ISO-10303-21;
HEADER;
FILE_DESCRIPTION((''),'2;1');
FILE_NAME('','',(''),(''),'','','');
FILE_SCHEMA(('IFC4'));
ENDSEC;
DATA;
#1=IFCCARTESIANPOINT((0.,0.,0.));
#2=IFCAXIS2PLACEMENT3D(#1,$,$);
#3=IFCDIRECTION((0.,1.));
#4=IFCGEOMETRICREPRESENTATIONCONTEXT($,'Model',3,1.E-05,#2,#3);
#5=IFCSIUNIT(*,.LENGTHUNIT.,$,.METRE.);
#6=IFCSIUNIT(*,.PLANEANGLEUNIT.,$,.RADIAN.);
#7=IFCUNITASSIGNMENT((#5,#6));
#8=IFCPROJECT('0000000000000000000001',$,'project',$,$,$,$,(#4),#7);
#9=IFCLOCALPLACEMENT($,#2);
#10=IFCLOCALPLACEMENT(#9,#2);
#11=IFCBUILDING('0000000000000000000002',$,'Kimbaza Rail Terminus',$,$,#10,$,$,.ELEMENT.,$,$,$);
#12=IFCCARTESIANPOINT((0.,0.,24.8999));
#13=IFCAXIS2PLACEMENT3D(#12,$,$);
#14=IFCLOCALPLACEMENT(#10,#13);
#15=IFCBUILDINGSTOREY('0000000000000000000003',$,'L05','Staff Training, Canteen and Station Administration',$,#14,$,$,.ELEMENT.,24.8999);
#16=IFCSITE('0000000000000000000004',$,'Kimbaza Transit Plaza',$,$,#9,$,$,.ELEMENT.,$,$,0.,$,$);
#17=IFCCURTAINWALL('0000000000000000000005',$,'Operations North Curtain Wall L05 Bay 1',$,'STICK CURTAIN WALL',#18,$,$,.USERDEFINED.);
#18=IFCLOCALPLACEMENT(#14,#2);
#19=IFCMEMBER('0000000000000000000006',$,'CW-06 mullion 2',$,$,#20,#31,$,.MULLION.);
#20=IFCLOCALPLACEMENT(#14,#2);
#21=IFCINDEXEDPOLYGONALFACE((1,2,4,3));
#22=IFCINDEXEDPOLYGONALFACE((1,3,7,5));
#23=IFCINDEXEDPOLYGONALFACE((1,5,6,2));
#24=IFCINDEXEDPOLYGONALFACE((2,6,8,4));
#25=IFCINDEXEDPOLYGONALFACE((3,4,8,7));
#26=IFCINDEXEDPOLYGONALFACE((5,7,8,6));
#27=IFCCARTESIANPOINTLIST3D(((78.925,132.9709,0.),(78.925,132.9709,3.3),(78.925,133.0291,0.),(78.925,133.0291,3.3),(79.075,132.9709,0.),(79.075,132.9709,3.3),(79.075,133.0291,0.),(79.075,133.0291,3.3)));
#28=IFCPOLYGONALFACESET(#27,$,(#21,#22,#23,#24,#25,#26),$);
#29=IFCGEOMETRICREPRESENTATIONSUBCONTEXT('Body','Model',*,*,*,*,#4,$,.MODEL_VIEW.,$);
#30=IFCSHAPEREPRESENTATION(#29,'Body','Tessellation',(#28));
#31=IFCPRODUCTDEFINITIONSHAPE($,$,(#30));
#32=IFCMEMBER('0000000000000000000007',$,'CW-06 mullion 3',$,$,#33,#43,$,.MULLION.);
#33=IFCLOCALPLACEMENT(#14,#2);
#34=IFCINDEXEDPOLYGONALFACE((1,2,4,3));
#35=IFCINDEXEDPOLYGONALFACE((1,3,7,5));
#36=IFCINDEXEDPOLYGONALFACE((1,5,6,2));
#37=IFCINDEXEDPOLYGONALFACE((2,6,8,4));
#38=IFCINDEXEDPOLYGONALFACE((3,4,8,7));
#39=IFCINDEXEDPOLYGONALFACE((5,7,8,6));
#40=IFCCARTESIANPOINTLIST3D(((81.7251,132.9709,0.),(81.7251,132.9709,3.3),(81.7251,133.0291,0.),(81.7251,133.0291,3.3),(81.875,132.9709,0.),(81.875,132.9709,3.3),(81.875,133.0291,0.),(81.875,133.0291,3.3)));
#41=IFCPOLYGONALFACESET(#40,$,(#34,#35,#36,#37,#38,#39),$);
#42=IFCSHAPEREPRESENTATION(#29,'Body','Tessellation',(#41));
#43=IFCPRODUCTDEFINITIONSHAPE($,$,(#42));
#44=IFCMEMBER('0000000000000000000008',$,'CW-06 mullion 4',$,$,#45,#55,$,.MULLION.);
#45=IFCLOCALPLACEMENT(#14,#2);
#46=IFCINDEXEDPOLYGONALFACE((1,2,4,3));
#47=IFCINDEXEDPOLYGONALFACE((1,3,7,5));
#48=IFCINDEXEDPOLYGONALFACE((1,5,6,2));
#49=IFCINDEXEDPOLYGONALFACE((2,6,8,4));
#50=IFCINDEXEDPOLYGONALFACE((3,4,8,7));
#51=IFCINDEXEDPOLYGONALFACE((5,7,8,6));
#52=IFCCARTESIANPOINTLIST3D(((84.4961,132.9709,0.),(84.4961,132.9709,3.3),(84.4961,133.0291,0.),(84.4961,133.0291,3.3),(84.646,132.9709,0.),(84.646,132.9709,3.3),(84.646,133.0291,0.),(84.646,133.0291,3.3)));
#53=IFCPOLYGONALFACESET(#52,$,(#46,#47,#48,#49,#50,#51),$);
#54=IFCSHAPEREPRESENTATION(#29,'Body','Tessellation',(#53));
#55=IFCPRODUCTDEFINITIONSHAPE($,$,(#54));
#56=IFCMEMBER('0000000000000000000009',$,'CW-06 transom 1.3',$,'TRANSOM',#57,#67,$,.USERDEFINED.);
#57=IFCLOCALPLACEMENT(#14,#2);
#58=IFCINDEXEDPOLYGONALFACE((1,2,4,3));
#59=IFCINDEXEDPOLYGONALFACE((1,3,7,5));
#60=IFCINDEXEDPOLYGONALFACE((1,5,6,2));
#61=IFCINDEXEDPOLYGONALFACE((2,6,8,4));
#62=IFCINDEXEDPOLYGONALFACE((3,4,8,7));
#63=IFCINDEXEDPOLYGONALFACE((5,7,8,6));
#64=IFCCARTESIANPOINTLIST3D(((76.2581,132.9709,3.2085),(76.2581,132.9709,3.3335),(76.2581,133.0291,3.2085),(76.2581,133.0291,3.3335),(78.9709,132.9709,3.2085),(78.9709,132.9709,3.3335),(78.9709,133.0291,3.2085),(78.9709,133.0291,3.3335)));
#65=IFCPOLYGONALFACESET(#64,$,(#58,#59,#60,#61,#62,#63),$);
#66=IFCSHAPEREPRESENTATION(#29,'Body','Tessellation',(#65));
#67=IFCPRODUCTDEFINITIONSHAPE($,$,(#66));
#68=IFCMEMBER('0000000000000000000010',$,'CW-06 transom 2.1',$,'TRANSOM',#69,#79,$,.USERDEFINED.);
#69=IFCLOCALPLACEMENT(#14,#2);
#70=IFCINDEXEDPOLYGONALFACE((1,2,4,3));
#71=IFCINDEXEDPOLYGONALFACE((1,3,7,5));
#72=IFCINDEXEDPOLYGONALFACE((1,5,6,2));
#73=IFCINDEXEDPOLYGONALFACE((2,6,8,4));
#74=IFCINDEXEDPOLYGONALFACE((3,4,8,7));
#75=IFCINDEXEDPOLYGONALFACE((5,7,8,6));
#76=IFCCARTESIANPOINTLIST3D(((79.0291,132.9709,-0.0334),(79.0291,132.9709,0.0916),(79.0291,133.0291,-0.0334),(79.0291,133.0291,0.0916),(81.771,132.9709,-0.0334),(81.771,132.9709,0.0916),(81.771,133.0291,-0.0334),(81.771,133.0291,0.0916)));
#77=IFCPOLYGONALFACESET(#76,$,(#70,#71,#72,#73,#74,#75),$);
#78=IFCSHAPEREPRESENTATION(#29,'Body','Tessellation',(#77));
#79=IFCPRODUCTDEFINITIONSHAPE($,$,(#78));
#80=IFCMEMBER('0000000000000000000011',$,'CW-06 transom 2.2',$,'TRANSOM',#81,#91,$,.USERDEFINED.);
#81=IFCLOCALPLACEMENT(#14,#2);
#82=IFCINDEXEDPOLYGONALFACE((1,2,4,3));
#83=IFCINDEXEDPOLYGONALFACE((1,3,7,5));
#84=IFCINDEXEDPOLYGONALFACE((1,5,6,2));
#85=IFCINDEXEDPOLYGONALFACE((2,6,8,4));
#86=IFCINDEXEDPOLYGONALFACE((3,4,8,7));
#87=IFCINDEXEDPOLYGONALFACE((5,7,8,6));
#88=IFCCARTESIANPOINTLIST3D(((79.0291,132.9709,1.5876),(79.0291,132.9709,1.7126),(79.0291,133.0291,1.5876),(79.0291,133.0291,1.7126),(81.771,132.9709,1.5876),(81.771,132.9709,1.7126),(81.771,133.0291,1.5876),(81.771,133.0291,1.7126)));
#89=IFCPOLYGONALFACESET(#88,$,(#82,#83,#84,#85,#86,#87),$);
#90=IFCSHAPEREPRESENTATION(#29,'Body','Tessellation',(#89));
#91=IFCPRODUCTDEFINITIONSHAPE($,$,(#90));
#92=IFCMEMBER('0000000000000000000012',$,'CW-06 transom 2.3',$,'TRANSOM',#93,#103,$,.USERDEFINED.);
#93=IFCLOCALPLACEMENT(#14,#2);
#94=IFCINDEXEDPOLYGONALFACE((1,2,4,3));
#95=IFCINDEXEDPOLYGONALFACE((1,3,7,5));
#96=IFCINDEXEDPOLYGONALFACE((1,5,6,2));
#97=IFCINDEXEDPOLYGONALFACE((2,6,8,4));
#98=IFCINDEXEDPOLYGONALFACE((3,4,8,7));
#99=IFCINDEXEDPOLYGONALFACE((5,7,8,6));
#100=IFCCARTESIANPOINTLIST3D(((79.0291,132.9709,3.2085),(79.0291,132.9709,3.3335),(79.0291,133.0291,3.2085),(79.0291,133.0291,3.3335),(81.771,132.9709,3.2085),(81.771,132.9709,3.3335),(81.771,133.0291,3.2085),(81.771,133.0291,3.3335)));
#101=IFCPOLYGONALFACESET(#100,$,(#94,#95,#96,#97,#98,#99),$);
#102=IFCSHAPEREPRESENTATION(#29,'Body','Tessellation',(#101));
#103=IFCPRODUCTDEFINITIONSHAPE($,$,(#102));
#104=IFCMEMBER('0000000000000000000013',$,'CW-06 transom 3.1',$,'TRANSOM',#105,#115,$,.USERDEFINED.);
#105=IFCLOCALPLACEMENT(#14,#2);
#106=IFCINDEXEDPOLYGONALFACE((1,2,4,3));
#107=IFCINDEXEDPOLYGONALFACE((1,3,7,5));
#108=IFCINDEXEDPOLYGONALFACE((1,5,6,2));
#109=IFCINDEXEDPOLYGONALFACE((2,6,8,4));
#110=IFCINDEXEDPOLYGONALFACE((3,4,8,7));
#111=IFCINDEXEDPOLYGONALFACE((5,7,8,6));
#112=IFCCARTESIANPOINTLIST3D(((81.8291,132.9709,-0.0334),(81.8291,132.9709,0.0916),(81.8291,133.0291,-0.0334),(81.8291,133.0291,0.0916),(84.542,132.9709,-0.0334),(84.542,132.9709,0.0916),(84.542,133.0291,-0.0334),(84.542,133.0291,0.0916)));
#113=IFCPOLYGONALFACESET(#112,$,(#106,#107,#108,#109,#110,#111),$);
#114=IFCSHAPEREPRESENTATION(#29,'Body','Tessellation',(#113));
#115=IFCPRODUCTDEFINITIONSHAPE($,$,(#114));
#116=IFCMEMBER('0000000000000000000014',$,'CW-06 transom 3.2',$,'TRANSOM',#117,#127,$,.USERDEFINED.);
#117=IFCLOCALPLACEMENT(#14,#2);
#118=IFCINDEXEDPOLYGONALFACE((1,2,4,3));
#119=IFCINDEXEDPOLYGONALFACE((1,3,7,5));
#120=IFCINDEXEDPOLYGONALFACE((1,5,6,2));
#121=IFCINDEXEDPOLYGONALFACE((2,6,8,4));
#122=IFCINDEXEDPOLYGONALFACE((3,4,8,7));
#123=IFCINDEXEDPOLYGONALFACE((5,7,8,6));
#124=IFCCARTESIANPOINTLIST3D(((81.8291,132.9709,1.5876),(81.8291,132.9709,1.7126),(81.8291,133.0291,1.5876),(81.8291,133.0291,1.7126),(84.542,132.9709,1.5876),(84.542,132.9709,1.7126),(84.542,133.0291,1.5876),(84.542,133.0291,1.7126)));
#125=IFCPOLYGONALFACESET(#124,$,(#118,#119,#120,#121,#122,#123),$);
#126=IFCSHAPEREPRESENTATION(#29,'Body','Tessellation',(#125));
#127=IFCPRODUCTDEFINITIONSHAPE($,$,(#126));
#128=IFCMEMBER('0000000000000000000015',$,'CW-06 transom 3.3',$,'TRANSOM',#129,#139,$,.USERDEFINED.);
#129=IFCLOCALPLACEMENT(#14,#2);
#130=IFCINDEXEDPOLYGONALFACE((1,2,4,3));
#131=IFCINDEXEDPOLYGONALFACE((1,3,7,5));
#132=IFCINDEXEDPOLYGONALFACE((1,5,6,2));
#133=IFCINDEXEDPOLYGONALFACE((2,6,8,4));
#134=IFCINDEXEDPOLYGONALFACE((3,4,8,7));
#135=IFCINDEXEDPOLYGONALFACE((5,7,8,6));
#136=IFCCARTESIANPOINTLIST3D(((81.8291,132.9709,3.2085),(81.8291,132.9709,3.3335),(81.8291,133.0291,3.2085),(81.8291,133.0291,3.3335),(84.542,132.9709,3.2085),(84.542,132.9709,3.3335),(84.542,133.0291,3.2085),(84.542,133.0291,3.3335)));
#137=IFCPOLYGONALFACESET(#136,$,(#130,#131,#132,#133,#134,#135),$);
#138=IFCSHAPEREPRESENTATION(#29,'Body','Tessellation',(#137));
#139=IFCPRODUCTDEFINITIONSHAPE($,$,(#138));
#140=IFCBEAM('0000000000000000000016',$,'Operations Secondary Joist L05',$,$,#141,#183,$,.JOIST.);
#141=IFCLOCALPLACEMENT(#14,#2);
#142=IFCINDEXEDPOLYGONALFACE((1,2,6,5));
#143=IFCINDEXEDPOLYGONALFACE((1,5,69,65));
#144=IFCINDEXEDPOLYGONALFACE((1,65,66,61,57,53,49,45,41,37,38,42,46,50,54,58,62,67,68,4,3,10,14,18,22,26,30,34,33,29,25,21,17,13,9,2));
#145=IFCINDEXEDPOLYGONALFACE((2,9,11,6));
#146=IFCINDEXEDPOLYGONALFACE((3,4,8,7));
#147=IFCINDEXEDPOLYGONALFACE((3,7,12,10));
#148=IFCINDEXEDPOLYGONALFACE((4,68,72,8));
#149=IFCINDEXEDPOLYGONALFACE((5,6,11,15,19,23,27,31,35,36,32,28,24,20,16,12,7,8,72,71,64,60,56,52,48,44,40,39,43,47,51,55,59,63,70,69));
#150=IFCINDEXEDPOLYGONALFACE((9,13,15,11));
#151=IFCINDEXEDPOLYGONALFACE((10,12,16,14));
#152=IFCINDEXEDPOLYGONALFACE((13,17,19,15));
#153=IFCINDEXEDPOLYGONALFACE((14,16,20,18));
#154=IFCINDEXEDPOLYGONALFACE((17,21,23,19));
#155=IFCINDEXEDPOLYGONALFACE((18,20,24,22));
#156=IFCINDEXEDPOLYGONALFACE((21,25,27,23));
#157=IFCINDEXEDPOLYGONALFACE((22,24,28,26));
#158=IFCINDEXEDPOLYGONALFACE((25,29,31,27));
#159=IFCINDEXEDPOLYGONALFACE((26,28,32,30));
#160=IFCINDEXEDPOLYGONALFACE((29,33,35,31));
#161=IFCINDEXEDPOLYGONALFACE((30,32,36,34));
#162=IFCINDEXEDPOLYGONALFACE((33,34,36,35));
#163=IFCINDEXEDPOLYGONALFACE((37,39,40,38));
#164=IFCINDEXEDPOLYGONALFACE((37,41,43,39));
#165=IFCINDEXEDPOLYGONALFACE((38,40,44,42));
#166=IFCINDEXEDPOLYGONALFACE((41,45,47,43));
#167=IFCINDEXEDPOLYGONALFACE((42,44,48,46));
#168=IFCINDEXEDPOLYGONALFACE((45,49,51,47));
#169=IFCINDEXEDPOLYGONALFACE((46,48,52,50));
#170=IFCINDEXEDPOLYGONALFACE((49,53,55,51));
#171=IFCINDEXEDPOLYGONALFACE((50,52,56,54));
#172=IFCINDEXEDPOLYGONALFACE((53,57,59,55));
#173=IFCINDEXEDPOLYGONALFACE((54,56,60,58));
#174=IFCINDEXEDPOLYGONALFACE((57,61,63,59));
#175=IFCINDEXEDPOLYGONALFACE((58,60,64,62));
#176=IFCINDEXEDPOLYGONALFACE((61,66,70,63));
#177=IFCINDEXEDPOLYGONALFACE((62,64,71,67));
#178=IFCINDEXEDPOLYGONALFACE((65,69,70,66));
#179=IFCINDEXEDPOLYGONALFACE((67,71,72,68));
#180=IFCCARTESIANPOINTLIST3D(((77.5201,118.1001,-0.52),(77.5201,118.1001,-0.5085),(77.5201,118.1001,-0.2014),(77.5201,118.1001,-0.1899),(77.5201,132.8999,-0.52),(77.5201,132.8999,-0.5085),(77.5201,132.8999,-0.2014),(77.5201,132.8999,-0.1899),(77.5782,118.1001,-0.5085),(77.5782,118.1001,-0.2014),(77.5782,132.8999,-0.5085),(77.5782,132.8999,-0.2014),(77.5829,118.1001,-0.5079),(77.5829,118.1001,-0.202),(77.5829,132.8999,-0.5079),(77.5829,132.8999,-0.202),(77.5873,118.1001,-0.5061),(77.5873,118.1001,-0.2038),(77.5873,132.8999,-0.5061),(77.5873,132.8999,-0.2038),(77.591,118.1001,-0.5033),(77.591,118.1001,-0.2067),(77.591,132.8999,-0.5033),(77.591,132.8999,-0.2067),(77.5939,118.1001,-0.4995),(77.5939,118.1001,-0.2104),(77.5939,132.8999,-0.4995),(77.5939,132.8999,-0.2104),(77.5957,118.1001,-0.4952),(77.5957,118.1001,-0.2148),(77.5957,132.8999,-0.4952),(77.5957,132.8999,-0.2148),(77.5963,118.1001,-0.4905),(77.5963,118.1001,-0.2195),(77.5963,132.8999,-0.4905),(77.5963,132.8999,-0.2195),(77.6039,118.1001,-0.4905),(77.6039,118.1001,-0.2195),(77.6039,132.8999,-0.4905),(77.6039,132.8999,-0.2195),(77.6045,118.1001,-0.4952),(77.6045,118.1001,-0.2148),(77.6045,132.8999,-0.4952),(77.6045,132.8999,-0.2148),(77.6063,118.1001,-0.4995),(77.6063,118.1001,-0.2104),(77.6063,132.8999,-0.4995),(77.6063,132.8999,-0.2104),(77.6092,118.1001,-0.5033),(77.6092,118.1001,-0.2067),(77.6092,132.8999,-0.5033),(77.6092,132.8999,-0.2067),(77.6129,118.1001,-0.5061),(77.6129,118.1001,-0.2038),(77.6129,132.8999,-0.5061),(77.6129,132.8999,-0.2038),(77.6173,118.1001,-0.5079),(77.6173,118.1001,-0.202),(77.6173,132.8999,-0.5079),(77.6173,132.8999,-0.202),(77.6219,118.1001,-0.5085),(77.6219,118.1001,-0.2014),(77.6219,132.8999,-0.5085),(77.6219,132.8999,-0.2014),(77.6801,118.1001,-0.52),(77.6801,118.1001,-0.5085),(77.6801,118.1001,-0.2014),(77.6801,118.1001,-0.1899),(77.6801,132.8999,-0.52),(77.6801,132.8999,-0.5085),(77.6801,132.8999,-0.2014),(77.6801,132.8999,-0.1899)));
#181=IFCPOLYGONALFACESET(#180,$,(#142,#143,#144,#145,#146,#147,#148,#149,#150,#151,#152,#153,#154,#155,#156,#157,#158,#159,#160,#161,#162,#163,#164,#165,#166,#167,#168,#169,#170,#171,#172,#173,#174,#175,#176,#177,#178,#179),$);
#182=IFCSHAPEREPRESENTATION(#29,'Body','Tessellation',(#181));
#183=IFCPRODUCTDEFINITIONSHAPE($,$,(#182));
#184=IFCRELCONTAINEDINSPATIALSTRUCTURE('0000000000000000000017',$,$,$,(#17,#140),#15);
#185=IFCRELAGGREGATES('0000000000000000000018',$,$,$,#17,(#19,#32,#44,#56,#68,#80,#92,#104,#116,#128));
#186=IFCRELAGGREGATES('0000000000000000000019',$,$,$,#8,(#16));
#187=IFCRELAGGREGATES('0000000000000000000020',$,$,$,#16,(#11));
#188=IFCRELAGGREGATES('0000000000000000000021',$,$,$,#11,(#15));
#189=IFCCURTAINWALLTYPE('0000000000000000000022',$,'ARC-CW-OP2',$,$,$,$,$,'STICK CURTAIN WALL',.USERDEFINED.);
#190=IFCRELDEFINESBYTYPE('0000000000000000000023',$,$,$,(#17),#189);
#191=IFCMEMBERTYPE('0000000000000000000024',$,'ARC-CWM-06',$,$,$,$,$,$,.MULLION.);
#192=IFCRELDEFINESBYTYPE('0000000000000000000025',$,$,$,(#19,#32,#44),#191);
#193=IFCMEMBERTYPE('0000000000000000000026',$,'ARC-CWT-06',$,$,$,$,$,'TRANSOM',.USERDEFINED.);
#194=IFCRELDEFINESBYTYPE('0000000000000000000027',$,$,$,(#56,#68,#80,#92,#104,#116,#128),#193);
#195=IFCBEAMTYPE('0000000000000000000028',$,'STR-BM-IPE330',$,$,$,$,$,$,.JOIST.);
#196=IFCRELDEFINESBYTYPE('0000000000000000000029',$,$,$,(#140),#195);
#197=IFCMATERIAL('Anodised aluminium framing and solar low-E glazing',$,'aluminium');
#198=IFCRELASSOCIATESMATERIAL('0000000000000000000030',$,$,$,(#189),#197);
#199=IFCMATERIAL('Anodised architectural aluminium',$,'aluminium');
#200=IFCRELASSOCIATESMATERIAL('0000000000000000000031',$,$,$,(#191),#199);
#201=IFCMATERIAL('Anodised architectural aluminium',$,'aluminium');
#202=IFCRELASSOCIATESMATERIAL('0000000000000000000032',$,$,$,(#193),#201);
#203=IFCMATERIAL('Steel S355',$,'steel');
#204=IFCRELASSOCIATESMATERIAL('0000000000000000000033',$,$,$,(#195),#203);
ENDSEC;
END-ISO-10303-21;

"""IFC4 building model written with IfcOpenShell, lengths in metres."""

from ifc_helpers import new_model, si_unit, direction, frame, origin, origin_2d, place, context, subcontext, project, spatial, rectangle, i_section, extrude, material, material_profile, profile_set, type_object, element, aggregate, save


model = new_model("IFC4")

# Units and contexts
model_context = context("Model", 3, precision=1e-05, world=origin(), true_north=direction((0.0, 1.0)))
body_context = subcontext(model_context, "Body", "Model", "MODEL_VIEW")
ifc_project = project(units=[si_unit("LENGTHUNIT", "METRE"), si_unit("PLANEANGLEUNIT", "RADIAN")], contexts=[model_context])

# Site, building, storey
site_placement = place(None, origin())
site = spatial("IfcSite", under=ifc_project, at=site_placement, Name="Kimbaza Transit Plaza", CompositionType="ELEMENT", RefElevation=0.0)
building_placement = place(site_placement, origin())
building = spatial("IfcBuilding", under=site, at=building_placement, Name="Kimbaza Rail Terminus", CompositionType="ELEMENT")
storey_placement = place(building_placement, frame((0.0, 0.0, 24.8999)))
storey = spatial("IfcBuildingStorey", under=building, at=storey_placement, Name="L05", Description="Staff Training, Canteen and Station Administration", CompositionType="ELEMENT", Elevation=24.8999)

# Curtain wall, members
ifc_material_1 = material(Name="Anodised aluminium framing and solar low-E glazing", Category="aluminium")
curtain_wall_type = type_object("IfcCurtainWallType", Name="ARC-CW-OP2", ElementType="STICK CURTAIN WALL", PredefinedType="USERDEFINED", material=ifc_material_1)
curtain_wall_placement = place(storey_placement, origin())
curtain_wall = element("IfcCurtainWall", 1, at=curtain_wall_placement, inside=storey, type_object=curtain_wall_type, Name="Operations North Curtain Wall L05 Bay 1", ObjectType="STICK CURTAIN WALL", PredefinedType="USERDEFINED")
ifc_material_2 = material(Name="Anodised architectural aluminium", Category="aluminium")
ifc_material_profile_1 = material_profile(ifc_material_2, rectangle(XDim=0.0581, YDim=0.1499, at=origin_2d()), Name="MULLION 58x150")
ifc_profile_set_1 = profile_set([ifc_material_profile_1], Name="Anodised architectural aluminium")
member_type_1 = type_object("IfcMemberType", Name="ARC-CWM-06", PredefinedType="MULLION", material=ifc_profile_set_1)
member_1_placement = place(storey_placement, frame((79.0, 133.0, 0.0), z_axis=(0.0, 0.0, 1.0), x_axis=(0.0, 1.0, 0.0)))
member_1 = element("IfcMember", 2, at=member_1_placement, type_object=member_type_1, Name="CW-06 mullion 2", PredefinedType="MULLION", context=body_context, shape_type="SweptSolid", body=[
    extrude(rectangle(XDim=0.0581, YDim=0.1499, at=origin_2d()), origin(), (0.0, 0.0, 1.0), 3.3),
])
member_2_placement = place(storey_placement, frame((81.8, 133.0, 0.0), z_axis=(0.0, 0.0, 1.0), x_axis=(0.0, 1.0, 0.0)))
member_2 = element("IfcMember", 3, at=member_2_placement, type_object=member_type_1, Name="CW-06 mullion 3", PredefinedType="MULLION", context=body_context, shape_type="SweptSolid", body=[
    extrude(rectangle(XDim=0.0581, YDim=0.1499, at=origin_2d()), origin(), (0.0, 0.0, 1.0), 3.3),
])
member_3_placement = place(storey_placement, frame((84.571, 133.0, 0.0), z_axis=(0.0, 0.0, 1.0), x_axis=(0.0, 1.0, 0.0)))
member_3 = element("IfcMember", 4, at=member_3_placement, type_object=member_type_1, Name="CW-06 mullion 4", PredefinedType="MULLION", context=body_context, shape_type="SweptSolid", body=[
    extrude(rectangle(XDim=0.0581, YDim=0.1499, at=origin_2d()), origin(), (0.0, 0.0, 1.0), 3.3),
])
ifc_material_3 = material(Name="Anodised architectural aluminium", Category="aluminium")
ifc_material_profile_2 = material_profile(ifc_material_3, rectangle(XDim=0.0581, YDim=0.125, at=origin_2d()), Name="TRANSOM 58x125")
ifc_profile_set_2 = profile_set([ifc_material_profile_2], Name="Anodised architectural aluminium")
member_type_2 = type_object("IfcMemberType", Name="ARC-CWT-06", ElementType="TRANSOM", PredefinedType="USERDEFINED", material=ifc_profile_set_2)
member_4_placement = place(storey_placement, frame((76.2581, 133.0, 3.271), z_axis=(1.0, 0.0, 0.0), x_axis=(0.0, 1.0, 0.0)))
member_4 = element("IfcMember", 5, at=member_4_placement, type_object=member_type_2, Name="CW-06 transom 1.3", ObjectType="TRANSOM", PredefinedType="USERDEFINED", context=body_context, shape_type="SweptSolid", body=[
    extrude(rectangle(XDim=0.0581, YDim=0.125, at=origin_2d()), origin(), (0.0, 0.0, 1.0), 2.7129),
])
member_5_placement = place(storey_placement, frame((79.0291, 133.0, 0.0291), z_axis=(1.0, 0.0, 0.0), x_axis=(0.0, 1.0, 0.0)))
member_5 = element("IfcMember", 6, at=member_5_placement, type_object=member_type_2, Name="CW-06 transom 2.1", ObjectType="TRANSOM", PredefinedType="USERDEFINED", context=body_context, shape_type="SweptSolid", body=[
    extrude(rectangle(XDim=0.0581, YDim=0.125, at=origin_2d()), origin(), (0.0, 0.0, 1.0), 2.7419),
])
member_6_placement = place(storey_placement, frame((79.0291, 133.0, 1.6501), z_axis=(1.0, 0.0, 0.0), x_axis=(0.0, 1.0, 0.0)))
member_6 = element("IfcMember", 7, at=member_6_placement, type_object=member_type_2, Name="CW-06 transom 2.2", ObjectType="TRANSOM", PredefinedType="USERDEFINED", context=body_context, shape_type="SweptSolid", body=[
    extrude(rectangle(XDim=0.0581, YDim=0.125, at=origin_2d()), origin(), (0.0, 0.0, 1.0), 2.7419),
])
member_7_placement = place(storey_placement, frame((79.0291, 133.0, 3.271), z_axis=(1.0, 0.0, 0.0), x_axis=(0.0, 1.0, 0.0)))
member_7 = element("IfcMember", 8, at=member_7_placement, type_object=member_type_2, Name="CW-06 transom 2.3", ObjectType="TRANSOM", PredefinedType="USERDEFINED", context=body_context, shape_type="SweptSolid", body=[
    extrude(rectangle(XDim=0.0581, YDim=0.125, at=origin_2d()), origin(), (0.0, 0.0, 1.0), 2.7419),
])
member_8_placement = place(storey_placement, frame((81.8291, 133.0, 0.0291), z_axis=(1.0, 0.0, 0.0), x_axis=(0.0, 1.0, 0.0)))
member_8 = element("IfcMember", 9, at=member_8_placement, type_object=member_type_2, Name="CW-06 transom 3.1", ObjectType="TRANSOM", PredefinedType="USERDEFINED", context=body_context, shape_type="SweptSolid", body=[
    extrude(rectangle(XDim=0.0581, YDim=0.125, at=origin_2d()), origin(), (0.0, 0.0, 1.0), 2.7129),
])
member_9_placement = place(storey_placement, frame((81.8291, 133.0, 1.6501), z_axis=(1.0, 0.0, 0.0), x_axis=(0.0, 1.0, 0.0)))
member_9 = element("IfcMember", 10, at=member_9_placement, type_object=member_type_2, Name="CW-06 transom 3.2", ObjectType="TRANSOM", PredefinedType="USERDEFINED", context=body_context, shape_type="SweptSolid", body=[
    extrude(rectangle(XDim=0.0581, YDim=0.125, at=origin_2d()), origin(), (0.0, 0.0, 1.0), 2.7129),
])
member_10_placement = place(storey_placement, frame((81.8291, 133.0, 3.271), z_axis=(1.0, 0.0, 0.0), x_axis=(0.0, 1.0, 0.0)))
member_10 = element("IfcMember", 11, at=member_10_placement, type_object=member_type_2, Name="CW-06 transom 3.3", ObjectType="TRANSOM", PredefinedType="USERDEFINED", context=body_context, shape_type="SweptSolid", body=[
    extrude(rectangle(XDim=0.0581, YDim=0.125, at=origin_2d()), origin(), (0.0, 0.0, 1.0), 2.7129),
])

# Beam
ifc_material_4 = material(Name="Steel S355", Category="steel")
ifc_material_profile_3 = material_profile(ifc_material_4, i_section(OverallWidth=0.1599, OverallDepth=0.3301, WebThickness=0.0076, FlangeThickness=0.0115, FilletRadius=0.0181, at=origin_2d()), Name="IPE 330")
ifc_profile_set_3 = profile_set([ifc_material_profile_3], Name="Steel S355")
beam_type = type_object("IfcBeamType", Name="STR-BM-IPE330", PredefinedType="JOIST", material=ifc_profile_set_3)
for number, where, z_axis, x_axis, name in (
    (12, (77.6001, 118.1001, -0.355), (0.0, 1.0, 0.0), (-1.0, 0.0, 0.0), "Operations Secondary Joist L05"),
):
    element("IfcBeam", number, at=place(storey_placement, frame(where, z_axis=z_axis, x_axis=x_axis)), inside=storey, type_object=beam_type, Name=name, PredefinedType="JOIST", context=body_context, shape_type="SweptSolid", body=[
        extrude(i_section(OverallWidth=0.1599, OverallDepth=0.3301, WebThickness=0.0076, FlangeThickness=0.0115, FilletRadius=0.0181, at=origin_2d()), origin(), (0.0, 0.0, 1.0), 14.7998),
    ])

aggregate(curtain_wall, [member_1, member_2, member_3, member_4, member_5, member_6, member_7, member_8, member_9, member_10])

save(model, "model.ifc")
